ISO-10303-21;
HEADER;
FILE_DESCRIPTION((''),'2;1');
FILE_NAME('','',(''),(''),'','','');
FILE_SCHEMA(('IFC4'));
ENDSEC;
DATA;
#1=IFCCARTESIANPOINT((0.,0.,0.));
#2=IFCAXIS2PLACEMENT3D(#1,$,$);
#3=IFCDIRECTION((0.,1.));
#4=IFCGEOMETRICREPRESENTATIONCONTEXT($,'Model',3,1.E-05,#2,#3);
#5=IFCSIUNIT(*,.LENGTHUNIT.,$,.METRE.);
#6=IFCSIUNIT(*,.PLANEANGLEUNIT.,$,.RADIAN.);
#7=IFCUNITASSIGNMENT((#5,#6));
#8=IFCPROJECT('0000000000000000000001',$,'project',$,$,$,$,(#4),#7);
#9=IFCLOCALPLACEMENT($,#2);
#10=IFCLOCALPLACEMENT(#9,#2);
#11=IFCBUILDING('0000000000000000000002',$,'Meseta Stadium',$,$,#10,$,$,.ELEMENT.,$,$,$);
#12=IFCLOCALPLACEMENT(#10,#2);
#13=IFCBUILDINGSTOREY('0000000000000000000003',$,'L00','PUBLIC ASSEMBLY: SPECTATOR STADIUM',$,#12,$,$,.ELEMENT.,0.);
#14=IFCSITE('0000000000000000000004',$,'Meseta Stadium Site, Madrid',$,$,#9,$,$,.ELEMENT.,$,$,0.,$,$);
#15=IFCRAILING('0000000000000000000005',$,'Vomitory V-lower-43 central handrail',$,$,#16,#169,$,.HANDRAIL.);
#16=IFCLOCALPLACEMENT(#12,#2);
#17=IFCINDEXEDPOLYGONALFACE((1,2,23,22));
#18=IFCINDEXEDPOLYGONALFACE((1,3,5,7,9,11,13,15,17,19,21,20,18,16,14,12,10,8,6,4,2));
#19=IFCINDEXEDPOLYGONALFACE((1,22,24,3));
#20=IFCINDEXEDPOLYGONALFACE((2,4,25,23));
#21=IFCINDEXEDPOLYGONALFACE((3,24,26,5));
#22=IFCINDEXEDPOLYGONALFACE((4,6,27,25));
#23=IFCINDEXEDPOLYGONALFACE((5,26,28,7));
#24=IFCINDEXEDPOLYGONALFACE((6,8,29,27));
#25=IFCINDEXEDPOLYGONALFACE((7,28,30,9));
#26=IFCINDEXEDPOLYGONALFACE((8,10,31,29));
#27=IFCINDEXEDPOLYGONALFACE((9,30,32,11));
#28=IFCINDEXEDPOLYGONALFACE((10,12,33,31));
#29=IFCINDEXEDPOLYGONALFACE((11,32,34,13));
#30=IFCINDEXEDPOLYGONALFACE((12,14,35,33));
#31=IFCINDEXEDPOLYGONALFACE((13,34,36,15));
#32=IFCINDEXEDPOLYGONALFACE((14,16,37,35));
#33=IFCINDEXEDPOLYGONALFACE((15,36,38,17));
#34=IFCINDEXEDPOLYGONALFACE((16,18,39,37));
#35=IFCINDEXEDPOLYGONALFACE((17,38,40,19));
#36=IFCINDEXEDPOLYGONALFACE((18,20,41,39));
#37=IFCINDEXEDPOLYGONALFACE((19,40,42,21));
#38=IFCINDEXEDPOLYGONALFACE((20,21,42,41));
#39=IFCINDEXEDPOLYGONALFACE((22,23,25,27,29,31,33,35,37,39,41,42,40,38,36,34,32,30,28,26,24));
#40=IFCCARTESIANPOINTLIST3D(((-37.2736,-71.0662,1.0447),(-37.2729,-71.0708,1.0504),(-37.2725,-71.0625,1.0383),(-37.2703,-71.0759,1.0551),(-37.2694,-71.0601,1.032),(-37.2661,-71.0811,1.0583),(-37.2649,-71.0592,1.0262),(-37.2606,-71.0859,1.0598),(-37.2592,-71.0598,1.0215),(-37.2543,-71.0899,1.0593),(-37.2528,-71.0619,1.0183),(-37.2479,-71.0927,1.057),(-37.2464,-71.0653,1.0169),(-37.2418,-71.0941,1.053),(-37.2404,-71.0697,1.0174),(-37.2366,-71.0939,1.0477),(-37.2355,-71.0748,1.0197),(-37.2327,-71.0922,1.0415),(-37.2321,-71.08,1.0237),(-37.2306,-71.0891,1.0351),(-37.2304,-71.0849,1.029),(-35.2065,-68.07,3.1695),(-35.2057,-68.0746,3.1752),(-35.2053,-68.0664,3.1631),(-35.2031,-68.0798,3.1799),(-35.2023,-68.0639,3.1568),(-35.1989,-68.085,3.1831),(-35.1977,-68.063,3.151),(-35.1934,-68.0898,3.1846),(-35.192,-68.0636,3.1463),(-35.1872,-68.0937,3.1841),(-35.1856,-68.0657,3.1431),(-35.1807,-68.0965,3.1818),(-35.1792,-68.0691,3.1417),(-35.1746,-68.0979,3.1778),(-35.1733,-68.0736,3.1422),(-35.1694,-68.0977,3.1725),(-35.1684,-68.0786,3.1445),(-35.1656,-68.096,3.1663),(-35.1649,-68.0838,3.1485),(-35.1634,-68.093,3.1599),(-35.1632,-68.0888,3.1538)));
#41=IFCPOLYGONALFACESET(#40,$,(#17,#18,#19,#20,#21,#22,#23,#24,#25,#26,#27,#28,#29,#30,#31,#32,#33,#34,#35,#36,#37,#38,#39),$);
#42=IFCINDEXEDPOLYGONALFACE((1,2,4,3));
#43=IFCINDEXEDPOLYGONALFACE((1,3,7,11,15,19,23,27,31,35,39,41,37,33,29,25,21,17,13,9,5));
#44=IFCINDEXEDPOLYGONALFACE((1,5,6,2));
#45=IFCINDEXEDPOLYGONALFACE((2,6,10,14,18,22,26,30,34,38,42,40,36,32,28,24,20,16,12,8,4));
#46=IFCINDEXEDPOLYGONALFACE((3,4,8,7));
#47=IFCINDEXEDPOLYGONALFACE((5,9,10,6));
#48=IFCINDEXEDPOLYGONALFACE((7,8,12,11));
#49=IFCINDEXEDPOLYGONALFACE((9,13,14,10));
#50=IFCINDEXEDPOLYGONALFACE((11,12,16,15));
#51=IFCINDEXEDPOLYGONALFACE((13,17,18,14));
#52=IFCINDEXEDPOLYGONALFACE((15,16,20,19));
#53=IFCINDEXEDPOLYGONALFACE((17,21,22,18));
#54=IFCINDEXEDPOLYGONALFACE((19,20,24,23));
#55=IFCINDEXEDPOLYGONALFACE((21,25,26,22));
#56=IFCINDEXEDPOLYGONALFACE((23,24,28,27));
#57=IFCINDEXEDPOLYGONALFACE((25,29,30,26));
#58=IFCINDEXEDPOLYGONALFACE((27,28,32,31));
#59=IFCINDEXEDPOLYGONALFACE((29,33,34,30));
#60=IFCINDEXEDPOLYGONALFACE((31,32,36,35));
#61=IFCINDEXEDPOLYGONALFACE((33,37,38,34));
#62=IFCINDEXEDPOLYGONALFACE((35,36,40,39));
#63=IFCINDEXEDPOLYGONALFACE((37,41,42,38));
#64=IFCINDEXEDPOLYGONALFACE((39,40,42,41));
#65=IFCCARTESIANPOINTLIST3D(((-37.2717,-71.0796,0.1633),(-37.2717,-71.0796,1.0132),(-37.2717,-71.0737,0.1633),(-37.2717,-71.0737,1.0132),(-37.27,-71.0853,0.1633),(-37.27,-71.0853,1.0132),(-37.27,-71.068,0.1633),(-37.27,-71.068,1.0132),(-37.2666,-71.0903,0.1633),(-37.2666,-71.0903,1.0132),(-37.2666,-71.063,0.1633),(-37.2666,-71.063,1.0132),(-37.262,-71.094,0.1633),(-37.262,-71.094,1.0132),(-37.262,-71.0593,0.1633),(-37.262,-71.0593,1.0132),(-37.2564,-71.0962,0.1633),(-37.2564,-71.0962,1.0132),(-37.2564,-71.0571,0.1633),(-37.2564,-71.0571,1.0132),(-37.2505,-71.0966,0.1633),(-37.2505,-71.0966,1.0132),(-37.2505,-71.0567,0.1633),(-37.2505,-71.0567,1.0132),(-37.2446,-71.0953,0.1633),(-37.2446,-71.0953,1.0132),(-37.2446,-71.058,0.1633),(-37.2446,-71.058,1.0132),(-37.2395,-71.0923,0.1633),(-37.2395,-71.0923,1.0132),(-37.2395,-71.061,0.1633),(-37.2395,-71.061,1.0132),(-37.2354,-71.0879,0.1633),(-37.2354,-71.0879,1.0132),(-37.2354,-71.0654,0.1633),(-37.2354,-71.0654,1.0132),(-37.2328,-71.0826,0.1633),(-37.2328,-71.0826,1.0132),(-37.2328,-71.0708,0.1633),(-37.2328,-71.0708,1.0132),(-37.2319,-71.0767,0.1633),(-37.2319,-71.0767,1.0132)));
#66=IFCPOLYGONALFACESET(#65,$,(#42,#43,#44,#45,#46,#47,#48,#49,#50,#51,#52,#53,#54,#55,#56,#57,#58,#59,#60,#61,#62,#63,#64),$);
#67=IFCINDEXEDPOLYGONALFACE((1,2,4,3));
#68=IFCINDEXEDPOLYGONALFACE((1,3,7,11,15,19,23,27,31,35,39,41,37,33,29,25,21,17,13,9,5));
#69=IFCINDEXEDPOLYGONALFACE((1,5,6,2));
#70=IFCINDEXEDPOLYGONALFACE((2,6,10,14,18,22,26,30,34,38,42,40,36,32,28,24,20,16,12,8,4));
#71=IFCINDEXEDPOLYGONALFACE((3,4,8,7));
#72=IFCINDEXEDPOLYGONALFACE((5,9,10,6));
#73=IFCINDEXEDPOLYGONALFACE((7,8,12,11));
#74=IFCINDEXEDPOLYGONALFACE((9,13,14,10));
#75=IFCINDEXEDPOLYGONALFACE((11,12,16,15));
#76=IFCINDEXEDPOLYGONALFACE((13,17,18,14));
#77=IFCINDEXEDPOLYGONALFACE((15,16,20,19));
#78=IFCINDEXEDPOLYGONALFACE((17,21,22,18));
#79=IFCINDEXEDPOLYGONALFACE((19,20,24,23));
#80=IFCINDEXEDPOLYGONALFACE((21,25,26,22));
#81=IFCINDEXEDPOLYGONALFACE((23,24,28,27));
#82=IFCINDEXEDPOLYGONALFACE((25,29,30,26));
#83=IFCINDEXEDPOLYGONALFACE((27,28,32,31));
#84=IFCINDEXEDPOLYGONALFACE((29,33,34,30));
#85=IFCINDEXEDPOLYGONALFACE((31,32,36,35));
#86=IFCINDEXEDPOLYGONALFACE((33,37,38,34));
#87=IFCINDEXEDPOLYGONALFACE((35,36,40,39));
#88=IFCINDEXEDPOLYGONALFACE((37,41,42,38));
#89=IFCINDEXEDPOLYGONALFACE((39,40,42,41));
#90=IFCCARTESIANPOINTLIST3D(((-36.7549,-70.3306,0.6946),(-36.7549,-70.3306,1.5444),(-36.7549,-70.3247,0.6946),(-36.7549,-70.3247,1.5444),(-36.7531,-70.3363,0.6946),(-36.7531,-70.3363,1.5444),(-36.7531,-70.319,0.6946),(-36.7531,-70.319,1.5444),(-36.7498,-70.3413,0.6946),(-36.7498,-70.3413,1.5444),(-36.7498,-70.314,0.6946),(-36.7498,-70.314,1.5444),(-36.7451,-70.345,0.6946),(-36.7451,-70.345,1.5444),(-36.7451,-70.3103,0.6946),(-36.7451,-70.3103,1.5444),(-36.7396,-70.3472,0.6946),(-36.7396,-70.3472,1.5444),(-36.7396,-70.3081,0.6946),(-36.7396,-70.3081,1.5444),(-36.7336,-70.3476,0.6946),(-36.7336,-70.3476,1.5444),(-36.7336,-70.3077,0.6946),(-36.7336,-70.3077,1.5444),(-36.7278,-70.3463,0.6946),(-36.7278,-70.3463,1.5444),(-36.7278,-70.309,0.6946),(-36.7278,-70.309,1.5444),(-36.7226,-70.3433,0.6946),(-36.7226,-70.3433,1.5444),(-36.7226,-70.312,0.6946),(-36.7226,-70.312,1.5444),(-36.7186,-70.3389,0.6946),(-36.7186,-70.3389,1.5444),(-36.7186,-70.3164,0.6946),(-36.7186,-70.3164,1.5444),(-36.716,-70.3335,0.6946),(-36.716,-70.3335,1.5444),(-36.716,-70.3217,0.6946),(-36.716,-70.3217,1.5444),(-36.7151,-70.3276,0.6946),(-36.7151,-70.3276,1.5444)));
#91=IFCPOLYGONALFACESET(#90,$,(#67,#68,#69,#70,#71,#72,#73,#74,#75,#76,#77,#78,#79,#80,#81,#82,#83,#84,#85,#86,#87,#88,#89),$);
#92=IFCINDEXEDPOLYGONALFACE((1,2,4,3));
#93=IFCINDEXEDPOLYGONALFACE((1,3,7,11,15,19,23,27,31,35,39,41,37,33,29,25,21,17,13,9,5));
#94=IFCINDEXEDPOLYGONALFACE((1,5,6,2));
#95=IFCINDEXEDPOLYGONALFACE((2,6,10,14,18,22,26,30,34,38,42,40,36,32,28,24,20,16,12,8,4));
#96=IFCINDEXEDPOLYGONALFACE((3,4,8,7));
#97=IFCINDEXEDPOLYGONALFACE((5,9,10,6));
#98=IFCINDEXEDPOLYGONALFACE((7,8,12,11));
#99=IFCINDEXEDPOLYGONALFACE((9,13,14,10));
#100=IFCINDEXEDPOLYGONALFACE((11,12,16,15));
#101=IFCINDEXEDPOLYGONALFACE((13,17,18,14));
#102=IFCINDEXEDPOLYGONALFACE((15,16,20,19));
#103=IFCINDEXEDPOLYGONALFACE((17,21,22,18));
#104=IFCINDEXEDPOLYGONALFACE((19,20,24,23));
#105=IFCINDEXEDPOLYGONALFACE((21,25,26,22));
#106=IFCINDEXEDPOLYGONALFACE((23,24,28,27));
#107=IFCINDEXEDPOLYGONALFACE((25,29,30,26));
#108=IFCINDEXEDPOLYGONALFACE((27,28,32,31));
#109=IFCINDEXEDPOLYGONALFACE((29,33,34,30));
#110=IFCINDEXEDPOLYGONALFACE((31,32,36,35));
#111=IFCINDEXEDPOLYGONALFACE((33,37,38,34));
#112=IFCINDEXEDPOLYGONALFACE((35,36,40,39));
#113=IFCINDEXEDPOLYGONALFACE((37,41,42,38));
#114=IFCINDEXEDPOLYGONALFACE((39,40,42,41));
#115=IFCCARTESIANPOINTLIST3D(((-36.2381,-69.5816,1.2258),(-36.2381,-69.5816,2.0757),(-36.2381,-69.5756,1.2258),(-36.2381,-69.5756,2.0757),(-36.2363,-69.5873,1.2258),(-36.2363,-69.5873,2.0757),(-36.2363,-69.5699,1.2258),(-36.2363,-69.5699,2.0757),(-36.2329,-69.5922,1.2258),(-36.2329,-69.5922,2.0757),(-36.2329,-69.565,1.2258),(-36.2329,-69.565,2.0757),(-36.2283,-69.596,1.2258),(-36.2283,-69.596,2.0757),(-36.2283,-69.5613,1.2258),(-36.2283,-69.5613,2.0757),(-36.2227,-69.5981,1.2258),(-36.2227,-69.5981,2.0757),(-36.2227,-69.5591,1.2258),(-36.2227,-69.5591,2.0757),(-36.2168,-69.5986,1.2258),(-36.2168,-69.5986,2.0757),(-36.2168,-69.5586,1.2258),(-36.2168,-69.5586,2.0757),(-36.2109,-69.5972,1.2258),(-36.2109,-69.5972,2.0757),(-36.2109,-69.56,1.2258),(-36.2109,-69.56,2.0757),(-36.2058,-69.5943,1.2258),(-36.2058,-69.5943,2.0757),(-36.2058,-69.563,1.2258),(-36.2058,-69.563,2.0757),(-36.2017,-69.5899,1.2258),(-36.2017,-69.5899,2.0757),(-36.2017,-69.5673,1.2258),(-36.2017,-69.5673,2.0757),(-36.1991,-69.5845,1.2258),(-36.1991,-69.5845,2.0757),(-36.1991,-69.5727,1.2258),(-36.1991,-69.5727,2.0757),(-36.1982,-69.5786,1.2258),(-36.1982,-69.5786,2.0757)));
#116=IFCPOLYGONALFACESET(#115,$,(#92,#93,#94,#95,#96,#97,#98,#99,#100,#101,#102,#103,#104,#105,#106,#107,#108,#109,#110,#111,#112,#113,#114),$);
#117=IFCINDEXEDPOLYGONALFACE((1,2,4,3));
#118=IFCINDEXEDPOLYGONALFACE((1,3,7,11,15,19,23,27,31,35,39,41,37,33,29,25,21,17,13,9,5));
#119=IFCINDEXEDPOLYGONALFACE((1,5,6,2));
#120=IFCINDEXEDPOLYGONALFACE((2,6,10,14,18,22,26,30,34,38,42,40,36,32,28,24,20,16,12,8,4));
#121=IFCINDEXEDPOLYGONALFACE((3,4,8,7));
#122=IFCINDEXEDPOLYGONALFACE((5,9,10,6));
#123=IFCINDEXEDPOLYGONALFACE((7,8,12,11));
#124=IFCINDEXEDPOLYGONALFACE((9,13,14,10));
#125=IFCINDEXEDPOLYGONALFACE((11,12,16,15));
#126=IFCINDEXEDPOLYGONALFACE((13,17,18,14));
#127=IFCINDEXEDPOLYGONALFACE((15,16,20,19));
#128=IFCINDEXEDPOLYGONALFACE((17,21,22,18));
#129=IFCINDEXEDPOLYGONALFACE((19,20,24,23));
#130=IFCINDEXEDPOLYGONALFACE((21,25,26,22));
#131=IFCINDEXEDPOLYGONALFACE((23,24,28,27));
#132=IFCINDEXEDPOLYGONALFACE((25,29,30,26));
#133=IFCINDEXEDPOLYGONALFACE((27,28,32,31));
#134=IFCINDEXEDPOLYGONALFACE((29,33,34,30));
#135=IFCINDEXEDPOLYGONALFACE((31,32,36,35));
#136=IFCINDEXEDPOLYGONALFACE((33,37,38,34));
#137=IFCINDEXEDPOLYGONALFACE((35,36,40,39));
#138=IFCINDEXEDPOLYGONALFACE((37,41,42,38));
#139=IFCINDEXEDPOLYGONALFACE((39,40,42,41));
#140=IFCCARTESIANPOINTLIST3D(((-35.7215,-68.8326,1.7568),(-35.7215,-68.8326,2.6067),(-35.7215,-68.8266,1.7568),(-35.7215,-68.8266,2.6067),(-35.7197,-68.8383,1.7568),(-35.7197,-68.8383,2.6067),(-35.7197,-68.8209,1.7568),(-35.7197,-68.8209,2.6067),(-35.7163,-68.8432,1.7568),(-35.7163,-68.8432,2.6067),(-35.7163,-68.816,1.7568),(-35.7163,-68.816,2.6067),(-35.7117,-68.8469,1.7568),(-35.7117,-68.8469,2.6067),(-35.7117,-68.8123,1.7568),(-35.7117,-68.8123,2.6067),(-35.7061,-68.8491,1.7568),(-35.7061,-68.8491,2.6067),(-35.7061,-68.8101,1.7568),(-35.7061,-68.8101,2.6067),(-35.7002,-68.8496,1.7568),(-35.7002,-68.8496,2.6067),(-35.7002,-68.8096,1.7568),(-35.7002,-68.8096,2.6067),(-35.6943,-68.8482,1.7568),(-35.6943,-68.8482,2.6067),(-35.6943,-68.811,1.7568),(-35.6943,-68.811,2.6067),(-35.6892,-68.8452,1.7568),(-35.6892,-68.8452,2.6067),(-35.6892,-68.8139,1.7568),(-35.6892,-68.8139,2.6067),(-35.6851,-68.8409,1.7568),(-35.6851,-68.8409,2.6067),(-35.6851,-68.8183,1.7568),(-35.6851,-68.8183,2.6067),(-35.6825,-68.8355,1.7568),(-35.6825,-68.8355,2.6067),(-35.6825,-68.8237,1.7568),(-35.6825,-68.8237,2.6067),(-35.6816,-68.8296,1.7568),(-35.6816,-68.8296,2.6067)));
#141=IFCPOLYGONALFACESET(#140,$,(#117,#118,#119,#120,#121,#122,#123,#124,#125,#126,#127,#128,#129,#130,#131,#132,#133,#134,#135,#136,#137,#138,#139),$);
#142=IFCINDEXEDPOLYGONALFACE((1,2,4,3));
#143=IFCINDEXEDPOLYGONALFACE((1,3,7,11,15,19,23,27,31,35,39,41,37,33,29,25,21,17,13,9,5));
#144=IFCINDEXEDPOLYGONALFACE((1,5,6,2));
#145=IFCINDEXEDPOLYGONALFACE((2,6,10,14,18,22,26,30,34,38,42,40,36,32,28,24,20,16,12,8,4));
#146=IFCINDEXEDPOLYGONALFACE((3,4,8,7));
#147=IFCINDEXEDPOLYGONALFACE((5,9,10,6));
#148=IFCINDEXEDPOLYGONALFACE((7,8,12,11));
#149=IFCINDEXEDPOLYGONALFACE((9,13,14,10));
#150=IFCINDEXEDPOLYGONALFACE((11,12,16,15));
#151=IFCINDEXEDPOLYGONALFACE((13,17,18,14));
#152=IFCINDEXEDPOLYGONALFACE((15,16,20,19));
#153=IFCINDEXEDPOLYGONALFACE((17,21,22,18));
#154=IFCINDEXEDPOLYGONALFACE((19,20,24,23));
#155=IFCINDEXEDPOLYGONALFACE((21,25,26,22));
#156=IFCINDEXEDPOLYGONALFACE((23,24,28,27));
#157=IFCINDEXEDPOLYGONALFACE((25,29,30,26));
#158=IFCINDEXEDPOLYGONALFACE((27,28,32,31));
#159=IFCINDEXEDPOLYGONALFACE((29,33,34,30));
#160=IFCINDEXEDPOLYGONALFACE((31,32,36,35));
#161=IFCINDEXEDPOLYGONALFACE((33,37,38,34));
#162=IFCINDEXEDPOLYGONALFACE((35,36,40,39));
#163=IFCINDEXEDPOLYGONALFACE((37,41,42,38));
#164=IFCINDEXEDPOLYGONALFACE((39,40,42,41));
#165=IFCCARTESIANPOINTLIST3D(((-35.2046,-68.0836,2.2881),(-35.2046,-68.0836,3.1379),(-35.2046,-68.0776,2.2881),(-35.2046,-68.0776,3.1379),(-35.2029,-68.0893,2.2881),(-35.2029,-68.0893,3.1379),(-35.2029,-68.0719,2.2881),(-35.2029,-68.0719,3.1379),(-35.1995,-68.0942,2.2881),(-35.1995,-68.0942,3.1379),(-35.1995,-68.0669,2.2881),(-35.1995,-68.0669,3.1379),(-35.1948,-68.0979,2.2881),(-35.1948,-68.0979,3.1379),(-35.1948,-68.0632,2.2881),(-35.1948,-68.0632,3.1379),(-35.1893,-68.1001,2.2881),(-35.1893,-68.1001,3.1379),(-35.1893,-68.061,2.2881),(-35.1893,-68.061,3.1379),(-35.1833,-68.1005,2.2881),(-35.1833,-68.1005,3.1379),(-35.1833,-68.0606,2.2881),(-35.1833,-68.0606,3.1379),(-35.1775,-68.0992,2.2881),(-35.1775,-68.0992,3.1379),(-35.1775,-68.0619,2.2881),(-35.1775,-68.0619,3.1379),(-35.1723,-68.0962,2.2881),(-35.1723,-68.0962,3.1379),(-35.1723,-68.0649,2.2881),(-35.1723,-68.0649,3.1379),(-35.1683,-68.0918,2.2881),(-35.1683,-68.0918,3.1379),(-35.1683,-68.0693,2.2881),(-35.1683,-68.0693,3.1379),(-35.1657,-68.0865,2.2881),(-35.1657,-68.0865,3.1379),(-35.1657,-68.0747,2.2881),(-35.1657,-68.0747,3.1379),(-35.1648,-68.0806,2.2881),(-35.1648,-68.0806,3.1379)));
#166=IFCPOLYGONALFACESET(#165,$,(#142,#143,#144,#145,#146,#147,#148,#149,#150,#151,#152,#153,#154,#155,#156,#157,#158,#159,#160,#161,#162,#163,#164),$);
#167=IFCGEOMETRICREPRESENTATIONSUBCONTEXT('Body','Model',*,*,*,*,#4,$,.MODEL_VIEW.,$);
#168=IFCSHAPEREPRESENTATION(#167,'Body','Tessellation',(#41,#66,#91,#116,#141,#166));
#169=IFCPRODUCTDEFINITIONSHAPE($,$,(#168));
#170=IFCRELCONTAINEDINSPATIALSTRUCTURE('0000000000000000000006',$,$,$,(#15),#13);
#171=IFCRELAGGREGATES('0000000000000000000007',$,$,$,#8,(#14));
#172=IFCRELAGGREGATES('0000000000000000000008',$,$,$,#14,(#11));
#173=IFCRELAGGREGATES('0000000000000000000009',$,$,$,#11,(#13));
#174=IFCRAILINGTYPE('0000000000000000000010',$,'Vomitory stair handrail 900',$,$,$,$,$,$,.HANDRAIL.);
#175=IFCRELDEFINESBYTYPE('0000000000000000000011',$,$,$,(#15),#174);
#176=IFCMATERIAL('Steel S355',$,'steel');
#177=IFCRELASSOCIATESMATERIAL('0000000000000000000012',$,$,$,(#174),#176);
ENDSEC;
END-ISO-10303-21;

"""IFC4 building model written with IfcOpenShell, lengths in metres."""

from ifc_helpers import new_model, si_unit, direction, frame, origin, origin_2d, place, context, subcontext, project, spatial, circle, extrude, material, type_object, element, save


model = new_model("IFC4")

# Units and contexts
model_context = context("Model", 3, precision=1e-05, world=origin(), true_north=direction((0.0, 1.0)))
body_context = subcontext(model_context, "Body", "Model", "MODEL_VIEW")
ifc_project = project(units=[si_unit("LENGTHUNIT", "METRE"), si_unit("PLANEANGLEUNIT", "RADIAN")], contexts=[model_context])

# Site, building, storey
site_placement = place(None, origin())
site = spatial("IfcSite", under=ifc_project, at=site_placement, Name="Meseta Stadium Site, Madrid", CompositionType="ELEMENT", RefElevation=0.0)
building_placement = place(site_placement, origin())
building = spatial("IfcBuilding", under=site, at=building_placement, Name="Meseta Stadium", CompositionType="ELEMENT")
storey_placement = place(building_placement, origin())
storey = spatial("IfcBuildingStorey", under=building, at=storey_placement, Name="L00", Description="PUBLIC ASSEMBLY: SPECTATOR STADIUM", CompositionType="ELEMENT", Elevation=0.0)

# Railing
ifc_material_1 = material(Name="Steel S355", Category="steel")
railing_type_1 = type_object("IfcRailingType", Name="Vomitory stair handrail 900", PredefinedType="HANDRAIL", material=ifc_material_1)
railing_1_placement = place(storey_placement, frame((-37.252, -71.0767, 0.1633)))
element("IfcRailing", 1, at=railing_1_placement, inside=storey, type_object=railing_type_1, Name="Vomitory V-lower-43 central handrail", PredefinedType="HANDRAIL", context=body_context, shape_type="SweptSolid", body=[
    extrude(circle(Radius=0.0249, at=origin_2d()), frame((0.0, 0.0, 0.875), z_axis=(0.490452, 0.710857, 0.504122), x_axis=(-0.823101, 0.567894, 0.0)), (0.0, 0.0, 1.0), 4.2148),
    extrude(circle(Radius=0.02, at=origin_2d()), origin(), (0.0, 0.0, 1.0), 0.8499),
    extrude(circle(Radius=0.02, at=origin_2d()), frame((0.5168, 0.749, 0.5312)), (0.0, 0.0, 1.0), 0.8499),
    extrude(circle(Radius=0.02, at=origin_2d()), frame((1.0337, 1.498, 1.0625)), (0.0, 0.0, 1.0), 0.8499),
    extrude(circle(Radius=0.02, at=origin_2d()), frame((1.5503, 2.2471, 1.5935)), (0.0, 0.0, 1.0), 0.8499),
    extrude(circle(Radius=0.02, at=origin_2d()), frame((2.0671, 2.9961, 2.1248)), (0.0, 0.0, 1.0), 0.8499),
])

save(model, "model.ifc")
